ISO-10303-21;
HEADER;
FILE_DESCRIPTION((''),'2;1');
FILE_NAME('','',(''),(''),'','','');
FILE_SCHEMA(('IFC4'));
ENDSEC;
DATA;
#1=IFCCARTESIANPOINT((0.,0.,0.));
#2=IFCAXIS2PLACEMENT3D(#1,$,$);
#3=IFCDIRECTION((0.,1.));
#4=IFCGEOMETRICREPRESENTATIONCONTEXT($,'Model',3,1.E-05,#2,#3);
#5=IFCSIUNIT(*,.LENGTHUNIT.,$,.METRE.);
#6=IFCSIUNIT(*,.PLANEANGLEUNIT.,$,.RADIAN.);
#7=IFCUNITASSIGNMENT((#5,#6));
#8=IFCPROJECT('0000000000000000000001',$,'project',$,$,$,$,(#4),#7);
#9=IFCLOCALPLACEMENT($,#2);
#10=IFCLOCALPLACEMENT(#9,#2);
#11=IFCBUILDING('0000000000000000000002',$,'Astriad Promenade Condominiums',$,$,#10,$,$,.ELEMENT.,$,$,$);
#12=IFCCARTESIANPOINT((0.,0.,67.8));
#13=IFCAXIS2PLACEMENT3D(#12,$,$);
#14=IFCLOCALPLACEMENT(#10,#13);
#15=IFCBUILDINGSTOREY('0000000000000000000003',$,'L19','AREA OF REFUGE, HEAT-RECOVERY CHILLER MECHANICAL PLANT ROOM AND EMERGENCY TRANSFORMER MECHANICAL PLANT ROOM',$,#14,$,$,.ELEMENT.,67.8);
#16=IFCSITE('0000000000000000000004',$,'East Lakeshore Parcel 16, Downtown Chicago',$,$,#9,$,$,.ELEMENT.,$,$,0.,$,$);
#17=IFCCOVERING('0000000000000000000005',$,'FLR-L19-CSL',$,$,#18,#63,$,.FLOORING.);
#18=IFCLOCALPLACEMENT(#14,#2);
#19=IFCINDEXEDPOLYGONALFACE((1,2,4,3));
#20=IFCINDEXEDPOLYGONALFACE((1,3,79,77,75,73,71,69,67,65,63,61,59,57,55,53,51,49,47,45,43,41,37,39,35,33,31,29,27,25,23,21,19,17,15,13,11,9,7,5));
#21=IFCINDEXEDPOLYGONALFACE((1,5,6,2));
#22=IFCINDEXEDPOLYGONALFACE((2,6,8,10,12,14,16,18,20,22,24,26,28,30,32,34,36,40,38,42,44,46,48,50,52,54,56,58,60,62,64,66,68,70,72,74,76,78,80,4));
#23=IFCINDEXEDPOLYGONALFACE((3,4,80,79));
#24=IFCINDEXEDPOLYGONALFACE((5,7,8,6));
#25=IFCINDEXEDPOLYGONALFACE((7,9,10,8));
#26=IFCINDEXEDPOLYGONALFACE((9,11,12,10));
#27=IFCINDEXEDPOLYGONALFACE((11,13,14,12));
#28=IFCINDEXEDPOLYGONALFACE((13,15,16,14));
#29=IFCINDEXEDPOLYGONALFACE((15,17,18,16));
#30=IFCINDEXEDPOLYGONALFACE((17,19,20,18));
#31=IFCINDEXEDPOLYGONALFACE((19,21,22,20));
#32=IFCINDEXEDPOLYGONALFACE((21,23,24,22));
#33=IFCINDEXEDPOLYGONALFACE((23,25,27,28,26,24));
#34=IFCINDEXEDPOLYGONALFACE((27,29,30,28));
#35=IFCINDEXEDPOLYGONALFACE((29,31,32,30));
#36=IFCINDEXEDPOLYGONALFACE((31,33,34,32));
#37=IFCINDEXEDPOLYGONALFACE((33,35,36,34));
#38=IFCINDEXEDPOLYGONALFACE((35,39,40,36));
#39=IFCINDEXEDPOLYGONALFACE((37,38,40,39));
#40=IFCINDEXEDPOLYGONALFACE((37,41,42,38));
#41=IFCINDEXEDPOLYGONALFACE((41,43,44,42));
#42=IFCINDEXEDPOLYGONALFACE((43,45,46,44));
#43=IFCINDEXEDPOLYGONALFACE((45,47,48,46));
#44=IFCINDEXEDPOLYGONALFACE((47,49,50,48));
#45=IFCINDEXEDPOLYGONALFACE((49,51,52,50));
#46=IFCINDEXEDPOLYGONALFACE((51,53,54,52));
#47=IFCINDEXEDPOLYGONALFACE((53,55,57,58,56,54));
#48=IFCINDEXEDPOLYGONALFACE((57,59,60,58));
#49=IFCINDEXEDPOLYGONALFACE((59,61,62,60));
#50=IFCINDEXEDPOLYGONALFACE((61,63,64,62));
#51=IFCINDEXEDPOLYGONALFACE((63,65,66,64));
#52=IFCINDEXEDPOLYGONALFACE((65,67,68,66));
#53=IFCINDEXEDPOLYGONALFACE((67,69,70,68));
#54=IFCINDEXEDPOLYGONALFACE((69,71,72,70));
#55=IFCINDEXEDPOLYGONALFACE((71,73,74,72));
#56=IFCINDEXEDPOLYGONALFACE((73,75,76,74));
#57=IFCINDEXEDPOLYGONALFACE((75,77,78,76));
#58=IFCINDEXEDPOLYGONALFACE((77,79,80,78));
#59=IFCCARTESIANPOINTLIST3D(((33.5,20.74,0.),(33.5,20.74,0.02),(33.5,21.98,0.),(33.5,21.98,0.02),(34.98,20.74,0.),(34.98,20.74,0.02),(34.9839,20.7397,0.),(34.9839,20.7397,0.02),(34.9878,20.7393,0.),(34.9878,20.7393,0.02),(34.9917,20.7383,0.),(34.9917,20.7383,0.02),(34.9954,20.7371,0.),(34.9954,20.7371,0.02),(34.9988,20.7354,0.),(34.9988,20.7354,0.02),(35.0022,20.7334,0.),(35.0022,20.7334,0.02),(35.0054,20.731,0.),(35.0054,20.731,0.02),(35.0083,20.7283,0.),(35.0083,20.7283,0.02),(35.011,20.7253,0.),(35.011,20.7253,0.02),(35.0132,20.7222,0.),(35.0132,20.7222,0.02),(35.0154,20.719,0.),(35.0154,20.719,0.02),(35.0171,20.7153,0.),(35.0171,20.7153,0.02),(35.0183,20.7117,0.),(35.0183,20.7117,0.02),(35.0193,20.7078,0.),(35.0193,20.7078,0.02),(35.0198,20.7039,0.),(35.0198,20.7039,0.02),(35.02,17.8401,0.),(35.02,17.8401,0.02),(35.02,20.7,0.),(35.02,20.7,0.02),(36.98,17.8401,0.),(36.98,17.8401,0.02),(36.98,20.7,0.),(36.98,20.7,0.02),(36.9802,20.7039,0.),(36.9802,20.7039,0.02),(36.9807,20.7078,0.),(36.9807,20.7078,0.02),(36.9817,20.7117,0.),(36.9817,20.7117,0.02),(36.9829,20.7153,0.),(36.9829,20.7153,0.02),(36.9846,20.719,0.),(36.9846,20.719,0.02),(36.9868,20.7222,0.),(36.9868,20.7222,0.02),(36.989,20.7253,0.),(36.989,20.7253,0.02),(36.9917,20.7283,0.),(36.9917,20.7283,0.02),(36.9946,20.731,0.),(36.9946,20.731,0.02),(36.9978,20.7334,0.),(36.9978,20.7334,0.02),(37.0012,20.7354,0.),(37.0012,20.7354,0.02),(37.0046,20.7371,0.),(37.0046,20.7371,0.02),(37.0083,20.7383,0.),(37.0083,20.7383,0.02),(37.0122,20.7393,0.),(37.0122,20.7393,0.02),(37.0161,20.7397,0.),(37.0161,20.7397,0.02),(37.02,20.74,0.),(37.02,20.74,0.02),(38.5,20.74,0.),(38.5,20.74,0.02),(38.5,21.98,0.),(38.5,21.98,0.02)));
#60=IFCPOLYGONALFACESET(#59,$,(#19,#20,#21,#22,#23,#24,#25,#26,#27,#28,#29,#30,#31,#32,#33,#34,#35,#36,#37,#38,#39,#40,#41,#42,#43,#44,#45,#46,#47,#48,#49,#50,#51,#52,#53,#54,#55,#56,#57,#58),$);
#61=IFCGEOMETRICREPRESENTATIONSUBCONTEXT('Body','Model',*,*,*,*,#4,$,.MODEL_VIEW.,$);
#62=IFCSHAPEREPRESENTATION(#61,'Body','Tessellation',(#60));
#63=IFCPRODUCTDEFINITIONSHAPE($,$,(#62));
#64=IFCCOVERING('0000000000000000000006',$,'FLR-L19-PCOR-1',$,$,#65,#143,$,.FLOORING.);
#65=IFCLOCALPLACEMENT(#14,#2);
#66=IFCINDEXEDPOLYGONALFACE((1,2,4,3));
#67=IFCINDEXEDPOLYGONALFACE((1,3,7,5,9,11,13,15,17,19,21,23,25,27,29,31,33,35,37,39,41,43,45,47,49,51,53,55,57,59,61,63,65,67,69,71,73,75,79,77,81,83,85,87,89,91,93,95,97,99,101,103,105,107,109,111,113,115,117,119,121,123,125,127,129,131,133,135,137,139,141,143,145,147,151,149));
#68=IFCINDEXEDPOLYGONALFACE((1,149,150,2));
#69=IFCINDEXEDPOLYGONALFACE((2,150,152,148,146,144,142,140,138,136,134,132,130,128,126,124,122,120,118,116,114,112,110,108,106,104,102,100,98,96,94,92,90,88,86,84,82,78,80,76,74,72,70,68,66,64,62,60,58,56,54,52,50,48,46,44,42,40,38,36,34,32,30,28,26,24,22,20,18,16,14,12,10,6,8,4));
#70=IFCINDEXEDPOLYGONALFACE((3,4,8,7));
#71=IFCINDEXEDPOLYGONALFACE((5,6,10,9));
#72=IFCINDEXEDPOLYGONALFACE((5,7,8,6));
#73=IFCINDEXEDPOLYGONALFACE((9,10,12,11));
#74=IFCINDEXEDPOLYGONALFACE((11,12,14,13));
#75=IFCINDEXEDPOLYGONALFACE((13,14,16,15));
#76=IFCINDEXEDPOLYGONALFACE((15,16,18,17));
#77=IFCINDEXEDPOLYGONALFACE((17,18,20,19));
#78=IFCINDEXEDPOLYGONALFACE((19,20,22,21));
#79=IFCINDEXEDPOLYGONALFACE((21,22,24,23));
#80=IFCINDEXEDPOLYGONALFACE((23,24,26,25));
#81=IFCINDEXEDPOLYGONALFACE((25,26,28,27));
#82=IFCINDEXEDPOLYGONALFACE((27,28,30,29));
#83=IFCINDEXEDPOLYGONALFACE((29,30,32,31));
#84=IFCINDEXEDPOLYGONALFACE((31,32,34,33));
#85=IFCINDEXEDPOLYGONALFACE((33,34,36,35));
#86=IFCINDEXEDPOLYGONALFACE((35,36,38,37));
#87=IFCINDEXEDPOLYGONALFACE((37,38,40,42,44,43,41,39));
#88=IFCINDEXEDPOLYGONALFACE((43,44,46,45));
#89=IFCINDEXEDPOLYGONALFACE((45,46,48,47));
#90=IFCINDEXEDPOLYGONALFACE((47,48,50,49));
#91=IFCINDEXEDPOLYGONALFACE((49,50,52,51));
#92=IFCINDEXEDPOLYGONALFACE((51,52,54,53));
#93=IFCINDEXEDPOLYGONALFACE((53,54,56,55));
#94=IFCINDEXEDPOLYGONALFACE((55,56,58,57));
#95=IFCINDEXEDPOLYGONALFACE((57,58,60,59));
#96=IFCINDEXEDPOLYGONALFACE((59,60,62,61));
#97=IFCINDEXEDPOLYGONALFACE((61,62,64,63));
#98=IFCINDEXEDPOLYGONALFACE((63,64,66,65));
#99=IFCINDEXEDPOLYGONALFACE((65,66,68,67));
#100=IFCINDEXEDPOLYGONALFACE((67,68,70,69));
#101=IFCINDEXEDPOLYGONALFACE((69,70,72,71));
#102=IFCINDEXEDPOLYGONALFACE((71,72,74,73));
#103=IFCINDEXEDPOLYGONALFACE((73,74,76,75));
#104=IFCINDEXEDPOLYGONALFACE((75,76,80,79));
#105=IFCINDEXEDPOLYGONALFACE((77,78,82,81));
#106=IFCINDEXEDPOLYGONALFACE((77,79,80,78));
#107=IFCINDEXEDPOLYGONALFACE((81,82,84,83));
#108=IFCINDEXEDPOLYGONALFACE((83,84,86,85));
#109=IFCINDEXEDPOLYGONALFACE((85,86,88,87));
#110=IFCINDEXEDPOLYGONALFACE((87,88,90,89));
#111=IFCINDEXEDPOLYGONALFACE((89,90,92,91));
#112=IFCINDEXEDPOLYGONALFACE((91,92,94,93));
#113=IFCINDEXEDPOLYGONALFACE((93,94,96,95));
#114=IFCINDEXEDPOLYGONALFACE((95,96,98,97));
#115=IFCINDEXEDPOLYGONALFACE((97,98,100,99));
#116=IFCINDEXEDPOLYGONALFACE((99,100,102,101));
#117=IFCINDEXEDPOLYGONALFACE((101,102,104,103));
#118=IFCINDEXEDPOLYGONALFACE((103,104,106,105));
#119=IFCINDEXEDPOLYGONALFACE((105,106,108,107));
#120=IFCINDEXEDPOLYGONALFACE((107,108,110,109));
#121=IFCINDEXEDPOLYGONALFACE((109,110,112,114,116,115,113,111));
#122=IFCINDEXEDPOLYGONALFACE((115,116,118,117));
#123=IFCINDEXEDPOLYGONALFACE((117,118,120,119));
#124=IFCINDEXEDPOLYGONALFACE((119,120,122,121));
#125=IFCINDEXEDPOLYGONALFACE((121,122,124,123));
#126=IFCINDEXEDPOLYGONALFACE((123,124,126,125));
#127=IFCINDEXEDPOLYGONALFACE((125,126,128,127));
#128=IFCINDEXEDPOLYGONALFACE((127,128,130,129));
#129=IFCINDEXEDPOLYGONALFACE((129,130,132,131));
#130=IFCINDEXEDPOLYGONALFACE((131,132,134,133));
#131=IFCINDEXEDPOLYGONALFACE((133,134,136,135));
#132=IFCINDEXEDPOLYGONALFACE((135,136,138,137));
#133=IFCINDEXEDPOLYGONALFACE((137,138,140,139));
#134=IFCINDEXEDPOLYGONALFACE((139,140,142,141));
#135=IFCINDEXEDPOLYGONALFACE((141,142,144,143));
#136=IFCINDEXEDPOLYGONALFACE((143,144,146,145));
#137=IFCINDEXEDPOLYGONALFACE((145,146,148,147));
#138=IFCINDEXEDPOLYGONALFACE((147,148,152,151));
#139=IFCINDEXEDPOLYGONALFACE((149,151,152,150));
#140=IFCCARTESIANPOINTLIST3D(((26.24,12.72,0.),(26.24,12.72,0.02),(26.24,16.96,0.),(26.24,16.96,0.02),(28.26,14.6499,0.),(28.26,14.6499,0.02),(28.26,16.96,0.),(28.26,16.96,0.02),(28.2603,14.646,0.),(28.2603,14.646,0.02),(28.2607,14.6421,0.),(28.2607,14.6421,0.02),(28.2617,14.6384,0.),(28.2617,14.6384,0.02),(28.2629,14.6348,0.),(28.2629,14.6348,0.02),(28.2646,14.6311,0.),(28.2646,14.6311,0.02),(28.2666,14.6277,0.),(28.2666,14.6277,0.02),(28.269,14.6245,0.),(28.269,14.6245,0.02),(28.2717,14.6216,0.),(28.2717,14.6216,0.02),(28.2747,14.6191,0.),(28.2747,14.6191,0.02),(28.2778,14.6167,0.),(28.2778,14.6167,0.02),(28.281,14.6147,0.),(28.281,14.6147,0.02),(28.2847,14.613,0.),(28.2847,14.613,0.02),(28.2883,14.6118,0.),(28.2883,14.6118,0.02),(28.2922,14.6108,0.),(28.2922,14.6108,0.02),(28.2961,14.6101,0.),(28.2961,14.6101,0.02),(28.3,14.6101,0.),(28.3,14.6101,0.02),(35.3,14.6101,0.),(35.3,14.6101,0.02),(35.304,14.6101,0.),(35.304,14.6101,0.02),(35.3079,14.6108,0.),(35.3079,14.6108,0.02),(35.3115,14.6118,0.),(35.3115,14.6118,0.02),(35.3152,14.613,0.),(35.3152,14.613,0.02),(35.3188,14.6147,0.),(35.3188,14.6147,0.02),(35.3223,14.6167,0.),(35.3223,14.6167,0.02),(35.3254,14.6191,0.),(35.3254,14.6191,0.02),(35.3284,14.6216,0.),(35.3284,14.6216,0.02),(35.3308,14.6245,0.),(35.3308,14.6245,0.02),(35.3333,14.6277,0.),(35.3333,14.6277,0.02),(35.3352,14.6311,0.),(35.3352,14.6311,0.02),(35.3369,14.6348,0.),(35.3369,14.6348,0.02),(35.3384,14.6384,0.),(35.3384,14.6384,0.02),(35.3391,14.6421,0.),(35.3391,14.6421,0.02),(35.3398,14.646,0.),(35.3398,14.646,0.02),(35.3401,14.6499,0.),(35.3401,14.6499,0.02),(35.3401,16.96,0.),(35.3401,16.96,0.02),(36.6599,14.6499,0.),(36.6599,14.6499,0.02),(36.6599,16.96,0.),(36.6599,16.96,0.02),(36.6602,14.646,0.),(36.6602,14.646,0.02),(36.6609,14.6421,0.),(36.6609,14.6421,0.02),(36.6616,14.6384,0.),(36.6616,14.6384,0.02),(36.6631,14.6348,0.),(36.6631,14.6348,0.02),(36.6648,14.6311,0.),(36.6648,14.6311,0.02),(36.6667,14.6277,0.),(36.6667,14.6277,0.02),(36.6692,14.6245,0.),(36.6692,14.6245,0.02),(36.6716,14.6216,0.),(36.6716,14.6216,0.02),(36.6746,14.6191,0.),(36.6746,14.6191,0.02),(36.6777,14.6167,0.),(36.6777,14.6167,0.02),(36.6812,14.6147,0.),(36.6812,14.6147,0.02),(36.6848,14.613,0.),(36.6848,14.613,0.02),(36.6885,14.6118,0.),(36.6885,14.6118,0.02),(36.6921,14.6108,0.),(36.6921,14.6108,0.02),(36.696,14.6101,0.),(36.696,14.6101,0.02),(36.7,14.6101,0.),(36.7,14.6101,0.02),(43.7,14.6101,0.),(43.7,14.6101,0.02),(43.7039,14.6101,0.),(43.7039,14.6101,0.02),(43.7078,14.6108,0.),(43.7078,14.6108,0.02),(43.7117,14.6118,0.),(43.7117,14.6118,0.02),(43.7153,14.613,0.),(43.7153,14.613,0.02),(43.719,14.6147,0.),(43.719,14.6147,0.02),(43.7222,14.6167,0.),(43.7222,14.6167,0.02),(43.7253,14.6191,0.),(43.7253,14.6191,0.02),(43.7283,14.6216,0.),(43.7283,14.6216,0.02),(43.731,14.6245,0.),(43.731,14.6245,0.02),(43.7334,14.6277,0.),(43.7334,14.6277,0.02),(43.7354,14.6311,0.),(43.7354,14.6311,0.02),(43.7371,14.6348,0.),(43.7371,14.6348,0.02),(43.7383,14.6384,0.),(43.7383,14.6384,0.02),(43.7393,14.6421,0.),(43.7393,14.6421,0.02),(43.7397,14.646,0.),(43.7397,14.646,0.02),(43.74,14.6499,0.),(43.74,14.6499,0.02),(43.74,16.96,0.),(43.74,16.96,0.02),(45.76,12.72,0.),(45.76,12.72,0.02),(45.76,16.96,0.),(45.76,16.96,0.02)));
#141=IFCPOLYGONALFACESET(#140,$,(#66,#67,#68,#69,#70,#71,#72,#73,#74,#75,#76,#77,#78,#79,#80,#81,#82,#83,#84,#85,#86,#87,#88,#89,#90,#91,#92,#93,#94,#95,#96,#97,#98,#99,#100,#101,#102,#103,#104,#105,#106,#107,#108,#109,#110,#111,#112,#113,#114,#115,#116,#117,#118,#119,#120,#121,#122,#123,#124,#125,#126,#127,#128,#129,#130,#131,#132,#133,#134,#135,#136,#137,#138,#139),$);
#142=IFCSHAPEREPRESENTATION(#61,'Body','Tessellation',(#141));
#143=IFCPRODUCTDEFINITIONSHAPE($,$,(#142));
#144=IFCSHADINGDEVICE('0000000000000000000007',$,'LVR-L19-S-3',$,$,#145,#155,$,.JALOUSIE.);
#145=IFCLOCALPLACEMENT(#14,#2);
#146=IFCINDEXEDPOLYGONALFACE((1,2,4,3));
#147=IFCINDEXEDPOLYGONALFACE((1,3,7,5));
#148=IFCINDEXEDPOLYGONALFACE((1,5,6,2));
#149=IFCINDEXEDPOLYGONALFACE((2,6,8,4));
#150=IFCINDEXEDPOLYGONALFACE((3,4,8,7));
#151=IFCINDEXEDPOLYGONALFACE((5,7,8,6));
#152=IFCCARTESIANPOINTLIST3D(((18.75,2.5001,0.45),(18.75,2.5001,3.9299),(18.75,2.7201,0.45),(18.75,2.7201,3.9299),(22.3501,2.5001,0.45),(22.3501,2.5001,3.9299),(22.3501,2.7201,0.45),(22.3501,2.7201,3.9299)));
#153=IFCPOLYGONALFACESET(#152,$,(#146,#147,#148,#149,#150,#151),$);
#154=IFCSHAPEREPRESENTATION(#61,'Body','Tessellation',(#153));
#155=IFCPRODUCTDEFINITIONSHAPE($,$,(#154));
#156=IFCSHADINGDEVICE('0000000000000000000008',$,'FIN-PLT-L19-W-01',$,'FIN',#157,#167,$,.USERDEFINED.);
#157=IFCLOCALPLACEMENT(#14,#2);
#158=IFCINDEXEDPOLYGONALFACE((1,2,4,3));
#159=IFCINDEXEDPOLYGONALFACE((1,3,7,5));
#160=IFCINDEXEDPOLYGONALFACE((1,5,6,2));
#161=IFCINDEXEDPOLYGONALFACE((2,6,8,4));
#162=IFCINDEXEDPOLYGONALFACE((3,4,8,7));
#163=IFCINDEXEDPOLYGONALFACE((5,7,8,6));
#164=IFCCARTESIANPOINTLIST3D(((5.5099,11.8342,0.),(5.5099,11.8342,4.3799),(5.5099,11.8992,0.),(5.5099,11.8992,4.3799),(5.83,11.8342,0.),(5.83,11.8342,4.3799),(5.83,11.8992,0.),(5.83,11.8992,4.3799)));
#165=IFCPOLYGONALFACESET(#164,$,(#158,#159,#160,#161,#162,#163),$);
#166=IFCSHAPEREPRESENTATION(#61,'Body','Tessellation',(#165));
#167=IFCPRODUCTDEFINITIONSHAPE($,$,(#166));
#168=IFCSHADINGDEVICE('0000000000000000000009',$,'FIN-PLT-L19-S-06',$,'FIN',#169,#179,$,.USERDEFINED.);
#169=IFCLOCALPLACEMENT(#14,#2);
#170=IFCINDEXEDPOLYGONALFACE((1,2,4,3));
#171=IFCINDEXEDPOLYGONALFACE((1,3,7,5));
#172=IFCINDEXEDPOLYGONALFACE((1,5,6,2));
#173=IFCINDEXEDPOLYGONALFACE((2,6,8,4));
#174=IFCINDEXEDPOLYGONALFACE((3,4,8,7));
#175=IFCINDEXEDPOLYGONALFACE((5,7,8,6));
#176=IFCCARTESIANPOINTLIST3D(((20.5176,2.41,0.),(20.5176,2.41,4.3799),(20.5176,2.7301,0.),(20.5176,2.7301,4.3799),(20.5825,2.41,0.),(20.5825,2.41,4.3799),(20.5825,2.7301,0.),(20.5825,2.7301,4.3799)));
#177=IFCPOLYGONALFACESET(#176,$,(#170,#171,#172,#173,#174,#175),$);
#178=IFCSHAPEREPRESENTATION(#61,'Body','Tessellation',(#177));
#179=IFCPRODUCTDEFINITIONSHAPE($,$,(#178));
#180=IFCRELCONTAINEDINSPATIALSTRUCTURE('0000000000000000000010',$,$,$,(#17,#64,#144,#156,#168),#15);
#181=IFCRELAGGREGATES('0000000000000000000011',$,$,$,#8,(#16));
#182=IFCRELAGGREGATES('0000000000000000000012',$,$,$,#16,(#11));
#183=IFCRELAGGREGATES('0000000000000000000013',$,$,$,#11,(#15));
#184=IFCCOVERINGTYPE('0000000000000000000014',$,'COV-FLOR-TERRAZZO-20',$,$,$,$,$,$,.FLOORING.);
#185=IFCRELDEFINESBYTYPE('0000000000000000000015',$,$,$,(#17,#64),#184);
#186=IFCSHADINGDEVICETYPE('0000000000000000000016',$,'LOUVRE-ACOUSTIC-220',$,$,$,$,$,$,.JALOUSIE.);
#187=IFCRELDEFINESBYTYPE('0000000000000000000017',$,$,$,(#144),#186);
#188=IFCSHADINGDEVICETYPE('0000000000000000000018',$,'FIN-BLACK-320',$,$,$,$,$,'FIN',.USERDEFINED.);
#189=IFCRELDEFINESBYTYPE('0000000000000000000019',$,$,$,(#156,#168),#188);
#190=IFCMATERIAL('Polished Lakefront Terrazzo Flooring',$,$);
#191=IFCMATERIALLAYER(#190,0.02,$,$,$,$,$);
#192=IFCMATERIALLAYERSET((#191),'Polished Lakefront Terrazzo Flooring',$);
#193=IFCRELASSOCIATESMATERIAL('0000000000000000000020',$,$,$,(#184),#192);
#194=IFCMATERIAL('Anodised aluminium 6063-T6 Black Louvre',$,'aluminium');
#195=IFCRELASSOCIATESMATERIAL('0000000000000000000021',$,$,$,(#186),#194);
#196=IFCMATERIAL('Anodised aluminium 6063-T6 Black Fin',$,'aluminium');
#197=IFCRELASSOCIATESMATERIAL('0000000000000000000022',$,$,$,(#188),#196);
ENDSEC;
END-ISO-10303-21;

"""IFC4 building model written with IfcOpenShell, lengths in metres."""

from ifc_helpers import new_model, si_unit, direction, frame, origin, origin_2d, place, context, subcontext, project, spatial, polyline, rectangle, outline, extrude, source, transform, mapped, material, layer, layer_set, type_object, type_shapes, element, save


model = new_model("IFC4")

# Units and contexts
model_context = context("Model", 3, precision=1e-05, world=origin(), true_north=direction((0.0, 1.0)))
body_context = subcontext(model_context, "Body", "Model", "MODEL_VIEW")
ifc_project = project(units=[si_unit("LENGTHUNIT", "METRE"), si_unit("PLANEANGLEUNIT", "RADIAN")], contexts=[model_context])

# Site, building, storey
site_placement = place(None, origin())
site = spatial("IfcSite", under=ifc_project, at=site_placement, Name="East Lakeshore Parcel 16, Downtown Chicago", CompositionType="ELEMENT", RefElevation=0.0)
building_placement = place(site_placement, origin())
building = spatial("IfcBuilding", under=site, at=building_placement, Name="Astriad Promenade Condominiums", CompositionType="ELEMENT")
storey_placement = place(building_placement, frame((0.0, 0.0, 67.8)))
storey = spatial("IfcBuildingStorey", under=building, at=storey_placement, Name="L19", Description="AREA OF REFUGE, HEAT-RECOVERY CHILLER MECHANICAL PLANT ROOM AND EMERGENCY TRANSFORMER MECHANICAL PLANT ROOM", CompositionType="ELEMENT", Elevation=67.8)

# Coverings
ifc_material_1 = material(Name="Polished Lakefront Terrazzo Flooring")
ifc_layer_1 = layer(ifc_material_1, 0.02)
ifc_layer_set_1 = layer_set([ifc_layer_1], Name="Polished Lakefront Terrazzo Flooring")
covering_type_1 = type_object("IfcCoveringType", Name="COV-FLOR-TERRAZZO-20", PredefinedType="FLOORING", material=ifc_layer_set_1)
covering_1_placement = place(storey_placement, origin())
element("IfcCovering", 1, at=covering_1_placement, inside=storey, type_object=covering_type_1, Name="FLR-L19-CSL", PredefinedType="FLOORING", context=body_context, shape_type="SweptSolid", body=[
    extrude(outline(polyline([(36.98, 20.7), (36.98, 17.8401), (35.02, 17.8401), (35.02, 20.7), (35.0198, 20.7039), (35.0193, 20.7078), (35.0183, 20.7117), (35.0171, 20.7153), (35.0154, 20.719), (35.0132, 20.7222), (35.011, 20.7253), (35.0083, 20.7283), (35.0054, 20.731), (35.0022, 20.7334), (34.9988, 20.7354), (34.9954, 20.7371), (34.9917, 20.7383), (34.9878, 20.7393), (34.9839, 20.7397), (34.98, 20.74), (33.5, 20.74), (33.5, 21.98), (38.5, 21.98), (38.5, 20.74), (37.02, 20.74), (37.0161, 20.7397), (37.0122, 20.7393), (37.0083, 20.7383), (37.0046, 20.7371), (37.0012, 20.7354), (36.9978, 20.7334), (36.9946, 20.731), (36.9917, 20.7283), (36.989, 20.7253), (36.9868, 20.7222), (36.9846, 20.719), (36.9829, 20.7153), (36.9817, 20.7117), (36.9807, 20.7078), (36.9802, 20.7039), (36.98, 20.7)])), origin(), (0.0, 0.0, 1.0), 0.02),
])
covering_2_placement = place(storey_placement, origin())
element("IfcCovering", 2, at=covering_2_placement, inside=storey, type_object=covering_type_1, Name="FLR-L19-PCOR-1", PredefinedType="FLOORING", context=body_context, shape_type="SweptSolid", body=[
    extrude(outline(polyline([(26.24, 12.72), (26.24, 16.96), (28.26, 16.96), (28.26, 14.6499), (28.2603, 14.646), (28.2607, 14.6421), (28.2617, 14.6384), (28.2629, 14.6348), (28.2646, 14.6311), (28.2666, 14.6277), (28.269, 14.6245), (28.2717, 14.6216), (28.2747, 14.6191), (28.2778, 14.6167), (28.281, 14.6147), (28.2847, 14.613), (28.2883, 14.6118), (28.2922, 14.6108), (28.2961, 14.6101), (28.3, 14.6101), (35.3, 14.6101), (35.304, 14.6101), (35.3079, 14.6108), (35.3115, 14.6118), (35.3152, 14.613), (35.3188, 14.6147), (35.3223, 14.6167), (35.3254, 14.6191), (35.3284, 14.6216), (35.3308, 14.6245), (35.3333, 14.6277), (35.3352, 14.6311), (35.3369, 14.6348), (35.3384, 14.6384), (35.3391, 14.6421), (35.3398, 14.646), (35.3401, 14.6499), (35.3401, 16.96), (36.6599, 16.96), (36.6599, 14.6499), (36.6602, 14.646), (36.6609, 14.6421), (36.6616, 14.6384), (36.6631, 14.6348), (36.6648, 14.6311), (36.6667, 14.6277), (36.6692, 14.6245), (36.6716, 14.6216), (36.6746, 14.6191), (36.6777, 14.6167), (36.6812, 14.6147), (36.6848, 14.613), (36.6885, 14.6118), (36.6921, 14.6108), (36.696, 14.6101), (36.7, 14.6101), (43.7, 14.6101), (43.7039, 14.6101), (43.7078, 14.6108), (43.7117, 14.6118), (43.7153, 14.613), (43.719, 14.6147), (43.7222, 14.6167), (43.7253, 14.6191), (43.7283, 14.6216), (43.731, 14.6245), (43.7334, 14.6277), (43.7354, 14.6311), (43.7371, 14.6348), (43.7383, 14.6384), (43.7393, 14.6421), (43.7397, 14.646), (43.74, 14.6499), (43.74, 16.96), (45.76, 16.96), (45.76, 12.72), (26.24, 12.72)])), origin(), (0.0, 0.0, 1.0), 0.02),
])

# Shading devices
ifc_material_2 = material(Name="Anodised aluminium 6063-T6 Black Louvre", Category="aluminium")
shading_device_type_1 = type_object("IfcShadingDeviceType", Name="LOUVRE-ACOUSTIC-220", PredefinedType="JALOUSIE", material=ifc_material_2)
shared_shape_1 = source(origin(), body_context, "Body", "SweptSolid", [
    extrude(rectangle(XDim=3.6001, YDim=0.22, at=origin_2d()), origin(), (0.0, 0.0, 1.0), 3.48),
])
type_shapes(shading_device_type_1, [shared_shape_1])
shading_device_placement = place(storey_placement, frame((20.55, 2.6101, 0.45), z_axis=(0.0, 0.0, 1.0), x_axis=(-1.0, 0.0, 0.0)))
element("IfcShadingDevice", 3, at=shading_device_placement, inside=storey, type_object=shading_device_type_1, Name="LVR-L19-S-3", PredefinedType="JALOUSIE", context=body_context, shape_type="MappedRepresentation", body=[
    mapped(shared_shape_1, transform((0.0, 0.0, 0.0), scale=1.0)),
])
ifc_material_3 = material(Name="Anodised aluminium 6063-T6 Black Fin", Category="aluminium")
shading_device_type_2 = type_object("IfcShadingDeviceType", Name="FIN-BLACK-320", ElementType="FIN", PredefinedType="USERDEFINED", material=ifc_material_3)
shared_shape_2 = source(origin(), body_context, "Body", "SweptSolid", [
    extrude(rectangle(XDim=0.0649, YDim=0.3201, at=origin_2d()), origin(), (0.0, 0.0, 1.0), 4.3799),
])
type_shapes(shading_device_type_2, [shared_shape_2])
for number, where, z_axis, x_axis, name in (
    (4, (5.6699, 11.8667, 0.0), (0.0, 0.0, 1.0), (0.0, 1.0, 0.0), "FIN-PLT-L19-W-01"),
    (5, (20.55, 2.5701, 0.0), (0.0, 0.0, 1.0), (-1.0, 0.0, 0.0), "FIN-PLT-L19-S-06"),
):
    element("IfcShadingDevice", number, at=place(storey_placement, frame(where, z_axis=z_axis, x_axis=x_axis)), inside=storey, type_object=shading_device_type_2, Name=name, ObjectType="FIN", PredefinedType="USERDEFINED", context=body_context, shape_type="MappedRepresentation", body=[
        mapped(shared_shape_2, transform((0.0, 0.0, 0.0), scale=1.0)),
    ])

save(model, "model.ifc")
